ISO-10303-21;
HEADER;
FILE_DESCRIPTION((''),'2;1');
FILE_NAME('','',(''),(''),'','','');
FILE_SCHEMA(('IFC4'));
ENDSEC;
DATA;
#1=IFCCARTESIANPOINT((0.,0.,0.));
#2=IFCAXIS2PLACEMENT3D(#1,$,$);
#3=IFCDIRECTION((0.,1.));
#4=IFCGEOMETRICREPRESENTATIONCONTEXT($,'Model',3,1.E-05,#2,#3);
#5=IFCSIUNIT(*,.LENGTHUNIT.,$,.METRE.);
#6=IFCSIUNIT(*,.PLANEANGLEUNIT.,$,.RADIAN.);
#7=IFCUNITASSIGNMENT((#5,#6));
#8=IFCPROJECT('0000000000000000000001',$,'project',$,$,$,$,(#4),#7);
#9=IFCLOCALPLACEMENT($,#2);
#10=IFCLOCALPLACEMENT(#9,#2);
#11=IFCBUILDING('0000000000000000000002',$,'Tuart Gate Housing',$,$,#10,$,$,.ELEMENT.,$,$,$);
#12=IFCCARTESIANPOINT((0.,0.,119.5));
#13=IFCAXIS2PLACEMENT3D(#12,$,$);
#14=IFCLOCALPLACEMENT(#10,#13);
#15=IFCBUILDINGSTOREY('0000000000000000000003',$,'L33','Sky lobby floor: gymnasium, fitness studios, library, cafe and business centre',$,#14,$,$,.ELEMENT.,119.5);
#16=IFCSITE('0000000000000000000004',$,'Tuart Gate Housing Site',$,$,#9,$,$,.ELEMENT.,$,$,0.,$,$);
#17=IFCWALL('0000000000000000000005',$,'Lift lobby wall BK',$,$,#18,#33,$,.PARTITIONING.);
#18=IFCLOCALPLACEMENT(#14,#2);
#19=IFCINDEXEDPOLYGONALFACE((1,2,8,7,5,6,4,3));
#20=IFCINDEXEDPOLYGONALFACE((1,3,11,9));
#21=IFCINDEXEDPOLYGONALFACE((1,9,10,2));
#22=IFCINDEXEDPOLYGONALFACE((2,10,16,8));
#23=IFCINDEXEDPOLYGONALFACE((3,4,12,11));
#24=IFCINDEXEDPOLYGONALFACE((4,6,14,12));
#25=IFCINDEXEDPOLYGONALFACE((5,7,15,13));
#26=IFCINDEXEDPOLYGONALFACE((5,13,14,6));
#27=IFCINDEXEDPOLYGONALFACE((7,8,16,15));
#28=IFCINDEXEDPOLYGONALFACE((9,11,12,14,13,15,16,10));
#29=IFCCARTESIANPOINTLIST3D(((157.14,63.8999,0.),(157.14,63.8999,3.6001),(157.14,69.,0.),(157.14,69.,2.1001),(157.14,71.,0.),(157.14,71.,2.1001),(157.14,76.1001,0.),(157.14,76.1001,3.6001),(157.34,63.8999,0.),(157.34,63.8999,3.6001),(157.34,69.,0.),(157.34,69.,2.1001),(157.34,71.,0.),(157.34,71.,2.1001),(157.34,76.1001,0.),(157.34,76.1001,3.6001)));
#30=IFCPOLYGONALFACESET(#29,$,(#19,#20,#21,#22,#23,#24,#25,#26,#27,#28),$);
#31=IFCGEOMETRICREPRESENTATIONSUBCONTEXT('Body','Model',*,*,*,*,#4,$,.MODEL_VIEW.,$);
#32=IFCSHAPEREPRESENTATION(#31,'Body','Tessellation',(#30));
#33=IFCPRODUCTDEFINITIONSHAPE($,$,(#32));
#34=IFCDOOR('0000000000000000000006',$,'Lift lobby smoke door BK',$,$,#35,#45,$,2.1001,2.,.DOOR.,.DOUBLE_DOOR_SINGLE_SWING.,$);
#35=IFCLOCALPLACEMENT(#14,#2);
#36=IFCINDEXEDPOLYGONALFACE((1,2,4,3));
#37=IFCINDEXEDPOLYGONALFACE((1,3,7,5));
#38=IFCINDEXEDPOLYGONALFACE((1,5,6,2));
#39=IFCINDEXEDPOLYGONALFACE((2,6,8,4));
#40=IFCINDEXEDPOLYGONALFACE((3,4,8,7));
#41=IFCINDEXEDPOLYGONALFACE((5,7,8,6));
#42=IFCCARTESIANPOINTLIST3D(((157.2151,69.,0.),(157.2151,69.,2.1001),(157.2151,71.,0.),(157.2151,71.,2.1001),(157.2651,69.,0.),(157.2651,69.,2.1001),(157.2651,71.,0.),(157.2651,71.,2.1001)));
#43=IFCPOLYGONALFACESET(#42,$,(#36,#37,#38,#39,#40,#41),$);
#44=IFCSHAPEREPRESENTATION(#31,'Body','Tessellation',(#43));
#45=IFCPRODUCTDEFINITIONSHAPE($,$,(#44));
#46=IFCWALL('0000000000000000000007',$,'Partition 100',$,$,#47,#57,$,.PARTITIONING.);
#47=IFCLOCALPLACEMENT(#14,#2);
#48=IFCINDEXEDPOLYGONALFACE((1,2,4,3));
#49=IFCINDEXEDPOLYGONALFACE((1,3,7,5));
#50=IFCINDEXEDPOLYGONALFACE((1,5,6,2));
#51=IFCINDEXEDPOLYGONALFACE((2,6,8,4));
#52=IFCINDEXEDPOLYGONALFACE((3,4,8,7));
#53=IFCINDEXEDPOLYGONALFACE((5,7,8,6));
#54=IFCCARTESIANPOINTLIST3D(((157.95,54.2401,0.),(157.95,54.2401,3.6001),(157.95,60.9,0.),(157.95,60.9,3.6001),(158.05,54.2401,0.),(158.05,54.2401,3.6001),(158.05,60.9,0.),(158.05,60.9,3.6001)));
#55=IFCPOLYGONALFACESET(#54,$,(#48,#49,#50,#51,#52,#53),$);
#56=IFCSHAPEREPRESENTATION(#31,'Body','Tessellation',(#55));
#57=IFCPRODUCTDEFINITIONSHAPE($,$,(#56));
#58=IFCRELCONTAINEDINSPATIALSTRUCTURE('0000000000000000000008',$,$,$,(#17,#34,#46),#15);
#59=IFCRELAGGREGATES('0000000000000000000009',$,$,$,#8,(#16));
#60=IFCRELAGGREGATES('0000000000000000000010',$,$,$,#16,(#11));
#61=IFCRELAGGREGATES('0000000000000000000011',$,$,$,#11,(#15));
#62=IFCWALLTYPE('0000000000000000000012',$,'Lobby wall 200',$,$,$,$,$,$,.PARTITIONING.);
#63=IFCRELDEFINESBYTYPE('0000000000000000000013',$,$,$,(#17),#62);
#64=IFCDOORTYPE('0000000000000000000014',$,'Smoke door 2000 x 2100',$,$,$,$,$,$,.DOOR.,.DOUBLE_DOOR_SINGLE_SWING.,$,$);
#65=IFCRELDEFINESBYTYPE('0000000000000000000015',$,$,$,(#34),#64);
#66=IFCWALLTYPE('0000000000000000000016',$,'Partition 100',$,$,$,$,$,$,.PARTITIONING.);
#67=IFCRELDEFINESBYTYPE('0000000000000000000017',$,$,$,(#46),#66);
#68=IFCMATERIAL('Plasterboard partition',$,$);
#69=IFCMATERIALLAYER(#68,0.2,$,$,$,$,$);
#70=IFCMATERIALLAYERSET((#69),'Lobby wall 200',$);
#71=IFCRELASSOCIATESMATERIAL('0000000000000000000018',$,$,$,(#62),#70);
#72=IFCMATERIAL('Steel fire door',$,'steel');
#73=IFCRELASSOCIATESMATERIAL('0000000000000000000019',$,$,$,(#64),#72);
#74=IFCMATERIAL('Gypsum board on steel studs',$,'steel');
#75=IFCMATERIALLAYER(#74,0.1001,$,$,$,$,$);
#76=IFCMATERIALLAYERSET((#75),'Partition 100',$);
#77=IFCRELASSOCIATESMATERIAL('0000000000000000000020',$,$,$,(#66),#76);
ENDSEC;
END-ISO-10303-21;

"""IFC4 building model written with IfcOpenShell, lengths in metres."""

from ifc_helpers import new_model, si_unit, direction, frame, frame_2d, origin, place, context, subcontext, project, spatial, rectangle, extrude, material, layer, layer_set, type_object, element, fill, save


model = new_model("IFC4")

# Units and contexts
model_context = context("Model", 3, precision=1e-05, world=origin(), true_north=direction((0.0, 1.0)))
body_context = subcontext(model_context, "Body", "Model", "MODEL_VIEW")
ifc_project = project(units=[si_unit("LENGTHUNIT", "METRE"), si_unit("PLANEANGLEUNIT", "RADIAN")], contexts=[model_context])

# Site, building, storey
site_placement = place(None, origin())
site = spatial("IfcSite", under=ifc_project, at=site_placement, Name="Tuart Gate Housing Site", CompositionType="ELEMENT", RefElevation=0.0)
building_placement = place(site_placement, origin())
building = spatial("IfcBuilding", under=site, at=building_placement, Name="Tuart Gate Housing", CompositionType="ELEMENT")
storey_placement = place(building_placement, frame((0.0, 0.0, 119.5)))
storey = spatial("IfcBuildingStorey", under=building, at=storey_placement, Name="L33", Description="Sky lobby floor: gymnasium, fitness studios, library, cafe and business centre", CompositionType="ELEMENT", Elevation=119.5)

# Wall, opening, door
ifc_material_1 = material(Name="Plasterboard partition")
ifc_layer_1 = layer(ifc_material_1, 0.2)
ifc_layer_set_1 = layer_set([ifc_layer_1], Name="Lobby wall 200")
wall_type_1 = type_object("IfcWallType", Name="Lobby wall 200", PredefinedType="PARTITIONING", material=ifc_layer_set_1)
wall_1_placement = place(storey_placement, frame((157.24, 63.8999, 0.0), z_axis=(0.0, 0.0, 1.0), x_axis=(0.0, 1.0, 0.0)))
wall_1 = element("IfcWall", 1, at=wall_1_placement, inside=storey, type_object=wall_type_1, Name="Lift lobby wall BK", PredefinedType="PARTITIONING", context=body_context, shape_type="SweptSolid", body=[
    extrude(rectangle(XDim=12.2002, YDim=0.2, at=frame_2d((6.1001, 0.0))), origin(), (0.0, 0.0, 1.0), 3.6001),
])
opening_1_placement = place(wall_1_placement, frame((5.1001, 0.0, 0.0)))
opening_1 = element("IfcOpeningElement", 2, at=opening_1_placement, cuts=wall_1, PredefinedType="OPENING", context=body_context, shape_type="SweptSolid", body=[
    extrude(rectangle(XDim=2.0, YDim=2.1001, at=frame_2d((1.0, 1.05))), frame((0.0, 0.1099, 0.0), z_axis=(0.0, -1.0, 0.0), x_axis=(1.0, 0.0, 0.0)), (0.0, 0.0, 1.0), 0.22),
])
ifc_material_2 = material(Name="Steel fire door", Category="steel")
door_type_1 = type_object("IfcDoorType", Name="Smoke door 2000 x 2100", OperationType="DOUBLE_DOOR_SINGLE_SWING", PredefinedType="DOOR", material=ifc_material_2)
door_1_placement = place(opening_1_placement, frame((2.0, 0.0, 0.0), z_axis=(0.0, 0.0, 1.0), x_axis=(-1.0, 0.0, 0.0)))
door_1 = element("IfcDoor", 3, at=door_1_placement, inside=storey, type_object=door_type_1, Name="Lift lobby smoke door BK", OperationType="DOUBLE_DOOR_SINGLE_SWING", OverallHeight=2.1001, OverallWidth=2.0, PredefinedType="DOOR", context=body_context, shape_type="SweptSolid", body=[
    extrude(rectangle(XDim=2.0, YDim=2.1001, at=frame_2d((1.0, 1.05))), frame((0.0, 0.0251, 0.0), z_axis=(0.0, -1.0, 0.0), x_axis=(1.0, 0.0, 0.0)), (0.0, 0.0, 1.0), 0.05),
])
fill(opening_1, door_1)

# Wall
ifc_material_3 = material(Name="Gypsum board on steel studs", Category="steel")
ifc_layer_2 = layer(ifc_material_3, 0.1001)
ifc_layer_set_2 = layer_set([ifc_layer_2], Name="Partition 100")
wall_type_2 = type_object("IfcWallType", Name="Partition 100", PredefinedType="PARTITIONING", material=ifc_layer_set_2)
wall_2_placement = place(storey_placement, frame((158.0, 54.24, 0.0), z_axis=(0.0, 0.0, 1.0), x_axis=(0.0, 1.0, 0.0)))
element("IfcWall", 4, at=wall_2_placement, inside=storey, type_object=wall_type_2, Name="Partition 100", PredefinedType="PARTITIONING", context=body_context, shape_type="SweptSolid", body=[
    extrude(rectangle(XDim=6.6599, YDim=0.1001, at=frame_2d((3.3301, 0.0))), origin(), (0.0, 0.0, 1.0), 3.6001),
])

save(model, "model.ifc")
